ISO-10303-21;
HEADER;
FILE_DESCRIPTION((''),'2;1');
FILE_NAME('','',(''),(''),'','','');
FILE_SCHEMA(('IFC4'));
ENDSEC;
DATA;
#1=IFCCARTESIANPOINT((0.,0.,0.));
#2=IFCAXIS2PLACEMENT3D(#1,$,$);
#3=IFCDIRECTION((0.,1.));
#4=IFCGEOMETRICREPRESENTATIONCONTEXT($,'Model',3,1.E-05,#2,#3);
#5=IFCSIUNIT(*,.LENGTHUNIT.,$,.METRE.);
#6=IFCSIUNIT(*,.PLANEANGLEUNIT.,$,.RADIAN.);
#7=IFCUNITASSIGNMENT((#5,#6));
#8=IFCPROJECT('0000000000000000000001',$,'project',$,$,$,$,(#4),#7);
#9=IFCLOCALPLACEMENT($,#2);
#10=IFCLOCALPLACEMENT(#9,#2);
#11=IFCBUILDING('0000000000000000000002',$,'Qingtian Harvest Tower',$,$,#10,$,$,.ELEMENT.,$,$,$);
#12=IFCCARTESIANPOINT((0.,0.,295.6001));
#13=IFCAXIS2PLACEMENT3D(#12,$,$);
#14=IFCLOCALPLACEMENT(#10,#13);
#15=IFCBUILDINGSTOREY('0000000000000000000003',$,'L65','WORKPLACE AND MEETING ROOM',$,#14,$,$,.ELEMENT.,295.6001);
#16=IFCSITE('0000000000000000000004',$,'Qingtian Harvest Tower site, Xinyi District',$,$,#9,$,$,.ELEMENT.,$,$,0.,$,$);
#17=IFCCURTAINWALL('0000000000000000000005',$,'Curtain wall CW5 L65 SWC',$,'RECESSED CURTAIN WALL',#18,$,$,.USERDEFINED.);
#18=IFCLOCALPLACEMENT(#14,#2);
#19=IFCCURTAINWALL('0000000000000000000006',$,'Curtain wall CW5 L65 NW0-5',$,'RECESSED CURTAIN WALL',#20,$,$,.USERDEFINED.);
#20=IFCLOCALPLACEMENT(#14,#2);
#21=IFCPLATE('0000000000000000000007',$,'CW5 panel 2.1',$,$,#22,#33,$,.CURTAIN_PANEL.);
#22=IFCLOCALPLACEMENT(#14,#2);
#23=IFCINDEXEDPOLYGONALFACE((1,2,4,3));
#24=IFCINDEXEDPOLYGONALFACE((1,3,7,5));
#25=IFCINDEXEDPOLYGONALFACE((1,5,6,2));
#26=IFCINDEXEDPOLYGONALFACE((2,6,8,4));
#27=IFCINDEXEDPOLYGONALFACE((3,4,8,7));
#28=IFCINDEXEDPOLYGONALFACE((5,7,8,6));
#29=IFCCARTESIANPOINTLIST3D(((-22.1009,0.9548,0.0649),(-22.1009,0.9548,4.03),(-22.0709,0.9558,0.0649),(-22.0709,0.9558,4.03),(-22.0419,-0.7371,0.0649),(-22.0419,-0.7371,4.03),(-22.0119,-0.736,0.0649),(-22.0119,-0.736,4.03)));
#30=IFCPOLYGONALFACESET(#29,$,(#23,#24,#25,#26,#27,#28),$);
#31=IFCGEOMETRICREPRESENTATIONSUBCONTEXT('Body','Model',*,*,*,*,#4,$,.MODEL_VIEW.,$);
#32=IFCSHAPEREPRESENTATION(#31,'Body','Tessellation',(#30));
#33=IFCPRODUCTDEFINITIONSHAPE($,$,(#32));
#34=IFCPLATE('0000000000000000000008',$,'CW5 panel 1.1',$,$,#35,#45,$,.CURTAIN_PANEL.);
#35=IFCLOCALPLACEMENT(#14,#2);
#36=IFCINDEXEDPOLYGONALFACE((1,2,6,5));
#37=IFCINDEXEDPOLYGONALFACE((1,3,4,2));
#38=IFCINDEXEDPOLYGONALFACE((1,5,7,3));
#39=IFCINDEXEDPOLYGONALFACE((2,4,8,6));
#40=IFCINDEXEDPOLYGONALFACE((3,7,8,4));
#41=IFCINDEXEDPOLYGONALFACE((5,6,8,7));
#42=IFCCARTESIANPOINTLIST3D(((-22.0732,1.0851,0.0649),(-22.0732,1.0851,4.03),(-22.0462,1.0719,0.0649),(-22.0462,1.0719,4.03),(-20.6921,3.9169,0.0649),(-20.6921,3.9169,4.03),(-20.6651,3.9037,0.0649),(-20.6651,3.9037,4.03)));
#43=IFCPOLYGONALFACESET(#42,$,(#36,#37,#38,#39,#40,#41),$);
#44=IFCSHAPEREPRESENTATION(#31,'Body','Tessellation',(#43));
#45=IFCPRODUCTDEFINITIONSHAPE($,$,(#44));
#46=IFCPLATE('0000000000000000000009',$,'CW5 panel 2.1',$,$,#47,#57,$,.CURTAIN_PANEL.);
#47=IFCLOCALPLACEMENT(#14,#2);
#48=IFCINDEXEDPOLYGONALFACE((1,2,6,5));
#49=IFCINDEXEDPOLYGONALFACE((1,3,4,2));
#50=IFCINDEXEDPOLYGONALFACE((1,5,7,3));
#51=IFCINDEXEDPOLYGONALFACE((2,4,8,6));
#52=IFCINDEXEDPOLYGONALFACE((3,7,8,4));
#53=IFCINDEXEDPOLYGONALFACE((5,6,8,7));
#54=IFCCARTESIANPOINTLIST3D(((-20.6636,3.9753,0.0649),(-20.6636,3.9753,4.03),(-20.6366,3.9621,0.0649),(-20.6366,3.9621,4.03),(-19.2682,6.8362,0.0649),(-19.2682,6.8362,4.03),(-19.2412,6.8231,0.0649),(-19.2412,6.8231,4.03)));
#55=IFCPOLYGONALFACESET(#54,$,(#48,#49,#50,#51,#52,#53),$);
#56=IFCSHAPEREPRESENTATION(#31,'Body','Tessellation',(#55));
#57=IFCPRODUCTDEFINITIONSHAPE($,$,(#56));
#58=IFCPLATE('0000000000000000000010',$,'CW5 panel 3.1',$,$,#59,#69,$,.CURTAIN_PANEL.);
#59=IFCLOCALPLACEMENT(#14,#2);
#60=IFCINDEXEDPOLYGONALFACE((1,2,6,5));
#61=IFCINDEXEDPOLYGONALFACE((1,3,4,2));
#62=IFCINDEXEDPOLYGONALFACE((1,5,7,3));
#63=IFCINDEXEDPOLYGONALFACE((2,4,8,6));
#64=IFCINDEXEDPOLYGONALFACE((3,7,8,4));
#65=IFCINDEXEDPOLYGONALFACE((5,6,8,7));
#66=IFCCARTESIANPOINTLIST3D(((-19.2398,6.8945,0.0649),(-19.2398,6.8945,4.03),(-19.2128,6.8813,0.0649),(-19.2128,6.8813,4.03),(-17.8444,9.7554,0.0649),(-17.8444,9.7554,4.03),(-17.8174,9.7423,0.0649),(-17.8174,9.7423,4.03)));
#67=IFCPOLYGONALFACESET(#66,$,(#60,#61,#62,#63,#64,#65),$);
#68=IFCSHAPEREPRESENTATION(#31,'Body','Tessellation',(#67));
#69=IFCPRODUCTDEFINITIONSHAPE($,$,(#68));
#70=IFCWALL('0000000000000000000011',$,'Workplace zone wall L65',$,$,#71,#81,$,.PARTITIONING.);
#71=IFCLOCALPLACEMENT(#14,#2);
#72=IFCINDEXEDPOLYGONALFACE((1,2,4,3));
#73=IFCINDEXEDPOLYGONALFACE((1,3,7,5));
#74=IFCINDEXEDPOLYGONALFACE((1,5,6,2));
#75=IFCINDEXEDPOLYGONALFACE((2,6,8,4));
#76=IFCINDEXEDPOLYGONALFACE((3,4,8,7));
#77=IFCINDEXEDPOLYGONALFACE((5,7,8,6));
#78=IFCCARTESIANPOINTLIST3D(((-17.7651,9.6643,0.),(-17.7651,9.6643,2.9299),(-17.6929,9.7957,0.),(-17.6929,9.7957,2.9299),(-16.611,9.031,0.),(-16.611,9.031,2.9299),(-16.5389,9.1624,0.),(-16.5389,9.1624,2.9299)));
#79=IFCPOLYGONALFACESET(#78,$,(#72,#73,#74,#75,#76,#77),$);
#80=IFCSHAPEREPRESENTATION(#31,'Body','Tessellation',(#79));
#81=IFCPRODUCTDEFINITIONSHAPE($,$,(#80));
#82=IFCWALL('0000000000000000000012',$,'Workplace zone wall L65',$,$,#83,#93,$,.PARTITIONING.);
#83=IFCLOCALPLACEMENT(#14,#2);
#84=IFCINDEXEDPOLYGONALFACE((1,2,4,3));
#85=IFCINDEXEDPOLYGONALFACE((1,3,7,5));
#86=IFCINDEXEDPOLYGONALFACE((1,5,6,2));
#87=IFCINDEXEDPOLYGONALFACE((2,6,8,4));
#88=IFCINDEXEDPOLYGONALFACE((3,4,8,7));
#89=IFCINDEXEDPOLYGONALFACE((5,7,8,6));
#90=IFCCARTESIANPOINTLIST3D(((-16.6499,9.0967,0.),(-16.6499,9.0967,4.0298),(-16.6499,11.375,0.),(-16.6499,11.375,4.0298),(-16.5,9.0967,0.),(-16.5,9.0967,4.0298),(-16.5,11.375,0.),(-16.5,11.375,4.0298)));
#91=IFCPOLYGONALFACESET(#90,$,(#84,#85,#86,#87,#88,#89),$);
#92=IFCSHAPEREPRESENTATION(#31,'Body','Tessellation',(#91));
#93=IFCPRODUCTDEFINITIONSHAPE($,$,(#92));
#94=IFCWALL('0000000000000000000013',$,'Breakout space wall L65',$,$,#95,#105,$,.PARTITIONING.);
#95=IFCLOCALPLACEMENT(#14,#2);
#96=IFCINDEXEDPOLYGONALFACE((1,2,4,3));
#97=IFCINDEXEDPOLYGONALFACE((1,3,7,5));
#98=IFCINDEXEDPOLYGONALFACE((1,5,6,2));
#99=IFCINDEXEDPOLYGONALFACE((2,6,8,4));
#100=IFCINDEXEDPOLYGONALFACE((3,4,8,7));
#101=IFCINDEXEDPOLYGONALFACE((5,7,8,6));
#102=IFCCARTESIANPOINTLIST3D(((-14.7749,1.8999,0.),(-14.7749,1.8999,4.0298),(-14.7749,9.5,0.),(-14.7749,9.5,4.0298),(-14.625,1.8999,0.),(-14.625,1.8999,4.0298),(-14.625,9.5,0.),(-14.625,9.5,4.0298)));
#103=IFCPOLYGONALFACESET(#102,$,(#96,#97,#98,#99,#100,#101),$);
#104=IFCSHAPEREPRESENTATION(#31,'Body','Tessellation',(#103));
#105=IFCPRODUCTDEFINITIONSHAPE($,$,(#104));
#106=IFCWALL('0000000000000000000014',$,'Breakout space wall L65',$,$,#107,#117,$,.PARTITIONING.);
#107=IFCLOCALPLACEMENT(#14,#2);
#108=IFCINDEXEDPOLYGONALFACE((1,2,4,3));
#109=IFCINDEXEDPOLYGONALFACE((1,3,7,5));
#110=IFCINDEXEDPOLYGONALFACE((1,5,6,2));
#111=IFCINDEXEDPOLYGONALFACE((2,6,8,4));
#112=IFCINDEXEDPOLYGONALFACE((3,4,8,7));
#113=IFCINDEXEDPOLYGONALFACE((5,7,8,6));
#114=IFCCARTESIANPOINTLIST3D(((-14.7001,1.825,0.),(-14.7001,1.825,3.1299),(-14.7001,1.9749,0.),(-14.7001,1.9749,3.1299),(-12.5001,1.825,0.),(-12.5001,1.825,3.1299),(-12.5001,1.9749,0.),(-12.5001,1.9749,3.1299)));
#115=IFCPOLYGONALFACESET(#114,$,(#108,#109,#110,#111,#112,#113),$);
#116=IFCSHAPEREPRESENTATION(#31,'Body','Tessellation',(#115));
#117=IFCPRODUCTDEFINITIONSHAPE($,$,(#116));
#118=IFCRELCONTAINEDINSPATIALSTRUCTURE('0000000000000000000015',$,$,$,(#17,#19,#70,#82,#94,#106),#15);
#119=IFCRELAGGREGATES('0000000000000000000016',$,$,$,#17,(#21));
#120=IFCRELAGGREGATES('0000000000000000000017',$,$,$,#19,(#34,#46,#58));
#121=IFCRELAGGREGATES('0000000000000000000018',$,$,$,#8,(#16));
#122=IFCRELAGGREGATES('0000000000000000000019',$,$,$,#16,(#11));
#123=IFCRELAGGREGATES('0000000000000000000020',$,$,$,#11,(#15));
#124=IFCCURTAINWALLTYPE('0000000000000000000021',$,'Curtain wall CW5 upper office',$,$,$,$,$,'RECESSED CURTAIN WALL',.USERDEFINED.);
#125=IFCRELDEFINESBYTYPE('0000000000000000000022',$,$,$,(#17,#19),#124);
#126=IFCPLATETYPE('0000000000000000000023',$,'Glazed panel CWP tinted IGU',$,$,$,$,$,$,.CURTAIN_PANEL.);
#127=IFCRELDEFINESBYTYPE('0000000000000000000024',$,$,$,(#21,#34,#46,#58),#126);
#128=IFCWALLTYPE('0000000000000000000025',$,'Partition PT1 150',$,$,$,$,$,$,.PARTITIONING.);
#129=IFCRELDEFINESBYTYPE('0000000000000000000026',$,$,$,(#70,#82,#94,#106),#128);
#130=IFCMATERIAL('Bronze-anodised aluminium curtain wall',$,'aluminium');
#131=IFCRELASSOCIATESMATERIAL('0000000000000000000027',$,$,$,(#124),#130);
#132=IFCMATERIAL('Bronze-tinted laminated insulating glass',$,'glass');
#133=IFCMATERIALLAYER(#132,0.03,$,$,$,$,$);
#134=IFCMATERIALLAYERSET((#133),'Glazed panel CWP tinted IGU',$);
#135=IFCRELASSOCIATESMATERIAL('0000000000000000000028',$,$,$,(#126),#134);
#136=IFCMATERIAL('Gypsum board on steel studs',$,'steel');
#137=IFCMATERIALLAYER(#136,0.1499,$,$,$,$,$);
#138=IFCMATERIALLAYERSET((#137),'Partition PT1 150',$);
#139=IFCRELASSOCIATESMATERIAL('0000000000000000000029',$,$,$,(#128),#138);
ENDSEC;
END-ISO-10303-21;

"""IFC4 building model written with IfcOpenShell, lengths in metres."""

from ifc_helpers import new_model, si_unit, direction, frame, frame_2d, origin, origin_2d, place, context, subcontext, project, spatial, rectangle, extrude, material, layer, layer_set, type_object, element, aggregate, save


model = new_model("IFC4")

# Units and contexts
model_context = context("Model", 3, precision=1e-05, world=origin(), true_north=direction((0.0, 1.0)))
body_context = subcontext(model_context, "Body", "Model", "MODEL_VIEW")
ifc_project = project(units=[si_unit("LENGTHUNIT", "METRE"), si_unit("PLANEANGLEUNIT", "RADIAN")], contexts=[model_context])

# Site, building, storey
site_placement = place(None, origin())
site = spatial("IfcSite", under=ifc_project, at=site_placement, Name="Qingtian Harvest Tower site, Xinyi District", CompositionType="ELEMENT", RefElevation=0.0)
building_placement = place(site_placement, origin())
building = spatial("IfcBuilding", under=site, at=building_placement, Name="Qingtian Harvest Tower", CompositionType="ELEMENT")
storey_placement = place(building_placement, frame((0.0, 0.0, 295.6001)))
storey = spatial("IfcBuildingStorey", under=building, at=storey_placement, Name="L65", Description="WORKPLACE AND MEETING ROOM", CompositionType="ELEMENT", Elevation=295.6001)

# Curtain wall
ifc_material_1 = material(Name="Bronze-anodised aluminium curtain wall", Category="aluminium")
curtain_wall_type = type_object("IfcCurtainWallType", Name="Curtain wall CW5 upper office", ElementType="RECESSED CURTAIN WALL", PredefinedType="USERDEFINED", material=ifc_material_1)
curtain_wall_1_placement = place(storey_placement, origin())
curtain_wall_1 = element("IfcCurtainWall", 1, at=curtain_wall_1_placement, inside=storey, type_object=curtain_wall_type, Name="Curtain wall CW5 L65 SWC", ObjectType="RECESSED CURTAIN WALL", PredefinedType="USERDEFINED")

# Curtain wall
curtain_wall_2_placement = place(storey_placement, origin())
curtain_wall_2 = element("IfcCurtainWall", 2, at=curtain_wall_2_placement, inside=storey, type_object=curtain_wall_type, Name="Curtain wall CW5 L65 NW0-5", ObjectType="RECESSED CURTAIN WALL", PredefinedType="USERDEFINED")

# Plates
ifc_material_2 = material(Name="Bronze-tinted laminated insulating glass", Category="glass")
ifc_layer_1 = layer(ifc_material_2, 0.03)
ifc_layer_set_1 = layer_set([ifc_layer_1], Name="Glazed panel CWP tinted IGU")
plate_type = type_object("IfcPlateType", Name="Glazed panel CWP tinted IGU", PredefinedType="CURTAIN_PANEL", material=ifc_layer_set_1)
plate_1_placement = place(storey_placement, frame((-22.0564, 0.1094, 0.0649), z_axis=(0.0, 0.0, 1.0), x_axis=(-0.034899, 0.999391, 0.0)))
plate_1 = element("IfcPlate", 3, at=plate_1_placement, type_object=plate_type, Name="CW5 panel 2.1", PredefinedType="CURTAIN_PANEL", context=body_context, shape_type="SweptSolid", body=[
    extrude(rectangle(XDim=1.6929, YDim=0.03, at=origin_2d()), origin(), (0.0, 0.0, 1.0), 3.9651),
])
aggregate(curtain_wall_1, [plate_1])
plate_2_placement = place(storey_placement, frame((-21.3691, 2.4944, 0.0649), z_axis=(0.0, 0.0, 1.0), x_axis=(0.438371, 0.898794, 0.0)))
plate_2 = element("IfcPlate", 4, at=plate_2_placement, type_object=plate_type, Name="CW5 panel 1.1", PredefinedType="CURTAIN_PANEL", context=body_context, shape_type="SweptSolid", body=[
    extrude(rectangle(XDim=3.1506, YDim=0.03, at=origin_2d()), origin(), (0.0, 0.0, 1.0), 3.9651),
])
plate_3_placement = place(storey_placement, frame((-19.9524, 5.3992, 0.0649), z_axis=(0.0, 0.0, 1.0), x_axis=(0.438371, 0.898794, 0.0)))
plate_3 = element("IfcPlate", 5, at=plate_3_placement, type_object=plate_type, Name="CW5 panel 2.1", PredefinedType="CURTAIN_PANEL", context=body_context, shape_type="SweptSolid", body=[
    extrude(rectangle(XDim=3.1831, YDim=0.03, at=origin_2d()), origin(), (0.0, 0.0, 1.0), 3.9651),
])
plate_4_placement = place(storey_placement, frame((-18.5286, 8.3184, 0.0649), z_axis=(0.0, 0.0, 1.0), x_axis=(0.438371, 0.898794, 0.0)))
plate_4 = element("IfcPlate", 6, at=plate_4_placement, type_object=plate_type, Name="CW5 panel 3.1", PredefinedType="CURTAIN_PANEL", context=body_context, shape_type="SweptSolid", body=[
    extrude(rectangle(XDim=3.1831, YDim=0.03, at=origin_2d()), origin(), (0.0, 0.0, 1.0), 3.9651),
])
aggregate(curtain_wall_2, [plate_2, plate_3, plate_4])

# Walls
ifc_material_3 = material(Name="Gypsum board on steel studs", Category="steel")
ifc_layer_2 = layer(ifc_material_3, 0.1499)
ifc_layer_set_2 = layer_set([ifc_layer_2], Name="Partition PT1 150")
wall_type = type_object("IfcWallType", Name="Partition PT1 150", PredefinedType="PARTITIONING", material=ifc_layer_set_2)
wall_1_placement = place(storey_placement, frame((-17.729, 9.73, 0.0), z_axis=(0.0, 0.0, 1.0), x_axis=(0.876674, -0.481086, 0.0)))
element("IfcWall", 7, at=wall_1_placement, inside=storey, type_object=wall_type, Name="Workplace zone wall L65", PredefinedType="PARTITIONING", context=body_context, shape_type="SweptSolid", body=[
    extrude(rectangle(XDim=1.3164, YDim=0.1499, at=frame_2d((0.6582, 0.0))), origin(), (0.0, 0.0, 1.0), 2.9299),
])
wall_2_placement = place(storey_placement, frame((-16.575, 9.0967, 0.0), z_axis=(0.0, 0.0, 1.0), x_axis=(0.0, 1.0, 0.0)))
element("IfcWall", 8, at=wall_2_placement, inside=storey, type_object=wall_type, Name="Workplace zone wall L65", PredefinedType="PARTITIONING", context=body_context, shape_type="SweptSolid", body=[
    extrude(rectangle(XDim=2.2783, YDim=0.1499, at=frame_2d((1.1392, 0.0))), origin(), (0.0, 0.0, 1.0), 4.0298),
])
wall_3_placement = place(storey_placement, frame((-14.7, 1.8999, 0.0), z_axis=(0.0, 0.0, 1.0), x_axis=(0.0, 1.0, 0.0)))
element("IfcWall", 9, at=wall_3_placement, inside=storey, type_object=wall_type, Name="Breakout space wall L65", PredefinedType="PARTITIONING", context=body_context, shape_type="SweptSolid", body=[
    extrude(rectangle(XDim=7.6001, YDim=0.1499, at=frame_2d((3.8, 0.0))), origin(), (0.0, 0.0, 1.0), 4.0298),
])
wall_4_placement = place(storey_placement, frame((-12.5, 1.8999, 0.0), z_axis=(0.0, 0.0, 1.0), x_axis=(-1.0, 0.0, 0.0)))
element("IfcWall", 10, at=wall_4_placement, inside=storey, type_object=wall_type, Name="Breakout space wall L65", PredefinedType="PARTITIONING", context=body_context, shape_type="SweptSolid", body=[
    extrude(rectangle(XDim=2.2, YDim=0.1499, at=frame_2d((1.1001, 0.0))), origin(), (0.0, 0.0, 1.0), 3.1299),
])

save(model, "model.ifc")
